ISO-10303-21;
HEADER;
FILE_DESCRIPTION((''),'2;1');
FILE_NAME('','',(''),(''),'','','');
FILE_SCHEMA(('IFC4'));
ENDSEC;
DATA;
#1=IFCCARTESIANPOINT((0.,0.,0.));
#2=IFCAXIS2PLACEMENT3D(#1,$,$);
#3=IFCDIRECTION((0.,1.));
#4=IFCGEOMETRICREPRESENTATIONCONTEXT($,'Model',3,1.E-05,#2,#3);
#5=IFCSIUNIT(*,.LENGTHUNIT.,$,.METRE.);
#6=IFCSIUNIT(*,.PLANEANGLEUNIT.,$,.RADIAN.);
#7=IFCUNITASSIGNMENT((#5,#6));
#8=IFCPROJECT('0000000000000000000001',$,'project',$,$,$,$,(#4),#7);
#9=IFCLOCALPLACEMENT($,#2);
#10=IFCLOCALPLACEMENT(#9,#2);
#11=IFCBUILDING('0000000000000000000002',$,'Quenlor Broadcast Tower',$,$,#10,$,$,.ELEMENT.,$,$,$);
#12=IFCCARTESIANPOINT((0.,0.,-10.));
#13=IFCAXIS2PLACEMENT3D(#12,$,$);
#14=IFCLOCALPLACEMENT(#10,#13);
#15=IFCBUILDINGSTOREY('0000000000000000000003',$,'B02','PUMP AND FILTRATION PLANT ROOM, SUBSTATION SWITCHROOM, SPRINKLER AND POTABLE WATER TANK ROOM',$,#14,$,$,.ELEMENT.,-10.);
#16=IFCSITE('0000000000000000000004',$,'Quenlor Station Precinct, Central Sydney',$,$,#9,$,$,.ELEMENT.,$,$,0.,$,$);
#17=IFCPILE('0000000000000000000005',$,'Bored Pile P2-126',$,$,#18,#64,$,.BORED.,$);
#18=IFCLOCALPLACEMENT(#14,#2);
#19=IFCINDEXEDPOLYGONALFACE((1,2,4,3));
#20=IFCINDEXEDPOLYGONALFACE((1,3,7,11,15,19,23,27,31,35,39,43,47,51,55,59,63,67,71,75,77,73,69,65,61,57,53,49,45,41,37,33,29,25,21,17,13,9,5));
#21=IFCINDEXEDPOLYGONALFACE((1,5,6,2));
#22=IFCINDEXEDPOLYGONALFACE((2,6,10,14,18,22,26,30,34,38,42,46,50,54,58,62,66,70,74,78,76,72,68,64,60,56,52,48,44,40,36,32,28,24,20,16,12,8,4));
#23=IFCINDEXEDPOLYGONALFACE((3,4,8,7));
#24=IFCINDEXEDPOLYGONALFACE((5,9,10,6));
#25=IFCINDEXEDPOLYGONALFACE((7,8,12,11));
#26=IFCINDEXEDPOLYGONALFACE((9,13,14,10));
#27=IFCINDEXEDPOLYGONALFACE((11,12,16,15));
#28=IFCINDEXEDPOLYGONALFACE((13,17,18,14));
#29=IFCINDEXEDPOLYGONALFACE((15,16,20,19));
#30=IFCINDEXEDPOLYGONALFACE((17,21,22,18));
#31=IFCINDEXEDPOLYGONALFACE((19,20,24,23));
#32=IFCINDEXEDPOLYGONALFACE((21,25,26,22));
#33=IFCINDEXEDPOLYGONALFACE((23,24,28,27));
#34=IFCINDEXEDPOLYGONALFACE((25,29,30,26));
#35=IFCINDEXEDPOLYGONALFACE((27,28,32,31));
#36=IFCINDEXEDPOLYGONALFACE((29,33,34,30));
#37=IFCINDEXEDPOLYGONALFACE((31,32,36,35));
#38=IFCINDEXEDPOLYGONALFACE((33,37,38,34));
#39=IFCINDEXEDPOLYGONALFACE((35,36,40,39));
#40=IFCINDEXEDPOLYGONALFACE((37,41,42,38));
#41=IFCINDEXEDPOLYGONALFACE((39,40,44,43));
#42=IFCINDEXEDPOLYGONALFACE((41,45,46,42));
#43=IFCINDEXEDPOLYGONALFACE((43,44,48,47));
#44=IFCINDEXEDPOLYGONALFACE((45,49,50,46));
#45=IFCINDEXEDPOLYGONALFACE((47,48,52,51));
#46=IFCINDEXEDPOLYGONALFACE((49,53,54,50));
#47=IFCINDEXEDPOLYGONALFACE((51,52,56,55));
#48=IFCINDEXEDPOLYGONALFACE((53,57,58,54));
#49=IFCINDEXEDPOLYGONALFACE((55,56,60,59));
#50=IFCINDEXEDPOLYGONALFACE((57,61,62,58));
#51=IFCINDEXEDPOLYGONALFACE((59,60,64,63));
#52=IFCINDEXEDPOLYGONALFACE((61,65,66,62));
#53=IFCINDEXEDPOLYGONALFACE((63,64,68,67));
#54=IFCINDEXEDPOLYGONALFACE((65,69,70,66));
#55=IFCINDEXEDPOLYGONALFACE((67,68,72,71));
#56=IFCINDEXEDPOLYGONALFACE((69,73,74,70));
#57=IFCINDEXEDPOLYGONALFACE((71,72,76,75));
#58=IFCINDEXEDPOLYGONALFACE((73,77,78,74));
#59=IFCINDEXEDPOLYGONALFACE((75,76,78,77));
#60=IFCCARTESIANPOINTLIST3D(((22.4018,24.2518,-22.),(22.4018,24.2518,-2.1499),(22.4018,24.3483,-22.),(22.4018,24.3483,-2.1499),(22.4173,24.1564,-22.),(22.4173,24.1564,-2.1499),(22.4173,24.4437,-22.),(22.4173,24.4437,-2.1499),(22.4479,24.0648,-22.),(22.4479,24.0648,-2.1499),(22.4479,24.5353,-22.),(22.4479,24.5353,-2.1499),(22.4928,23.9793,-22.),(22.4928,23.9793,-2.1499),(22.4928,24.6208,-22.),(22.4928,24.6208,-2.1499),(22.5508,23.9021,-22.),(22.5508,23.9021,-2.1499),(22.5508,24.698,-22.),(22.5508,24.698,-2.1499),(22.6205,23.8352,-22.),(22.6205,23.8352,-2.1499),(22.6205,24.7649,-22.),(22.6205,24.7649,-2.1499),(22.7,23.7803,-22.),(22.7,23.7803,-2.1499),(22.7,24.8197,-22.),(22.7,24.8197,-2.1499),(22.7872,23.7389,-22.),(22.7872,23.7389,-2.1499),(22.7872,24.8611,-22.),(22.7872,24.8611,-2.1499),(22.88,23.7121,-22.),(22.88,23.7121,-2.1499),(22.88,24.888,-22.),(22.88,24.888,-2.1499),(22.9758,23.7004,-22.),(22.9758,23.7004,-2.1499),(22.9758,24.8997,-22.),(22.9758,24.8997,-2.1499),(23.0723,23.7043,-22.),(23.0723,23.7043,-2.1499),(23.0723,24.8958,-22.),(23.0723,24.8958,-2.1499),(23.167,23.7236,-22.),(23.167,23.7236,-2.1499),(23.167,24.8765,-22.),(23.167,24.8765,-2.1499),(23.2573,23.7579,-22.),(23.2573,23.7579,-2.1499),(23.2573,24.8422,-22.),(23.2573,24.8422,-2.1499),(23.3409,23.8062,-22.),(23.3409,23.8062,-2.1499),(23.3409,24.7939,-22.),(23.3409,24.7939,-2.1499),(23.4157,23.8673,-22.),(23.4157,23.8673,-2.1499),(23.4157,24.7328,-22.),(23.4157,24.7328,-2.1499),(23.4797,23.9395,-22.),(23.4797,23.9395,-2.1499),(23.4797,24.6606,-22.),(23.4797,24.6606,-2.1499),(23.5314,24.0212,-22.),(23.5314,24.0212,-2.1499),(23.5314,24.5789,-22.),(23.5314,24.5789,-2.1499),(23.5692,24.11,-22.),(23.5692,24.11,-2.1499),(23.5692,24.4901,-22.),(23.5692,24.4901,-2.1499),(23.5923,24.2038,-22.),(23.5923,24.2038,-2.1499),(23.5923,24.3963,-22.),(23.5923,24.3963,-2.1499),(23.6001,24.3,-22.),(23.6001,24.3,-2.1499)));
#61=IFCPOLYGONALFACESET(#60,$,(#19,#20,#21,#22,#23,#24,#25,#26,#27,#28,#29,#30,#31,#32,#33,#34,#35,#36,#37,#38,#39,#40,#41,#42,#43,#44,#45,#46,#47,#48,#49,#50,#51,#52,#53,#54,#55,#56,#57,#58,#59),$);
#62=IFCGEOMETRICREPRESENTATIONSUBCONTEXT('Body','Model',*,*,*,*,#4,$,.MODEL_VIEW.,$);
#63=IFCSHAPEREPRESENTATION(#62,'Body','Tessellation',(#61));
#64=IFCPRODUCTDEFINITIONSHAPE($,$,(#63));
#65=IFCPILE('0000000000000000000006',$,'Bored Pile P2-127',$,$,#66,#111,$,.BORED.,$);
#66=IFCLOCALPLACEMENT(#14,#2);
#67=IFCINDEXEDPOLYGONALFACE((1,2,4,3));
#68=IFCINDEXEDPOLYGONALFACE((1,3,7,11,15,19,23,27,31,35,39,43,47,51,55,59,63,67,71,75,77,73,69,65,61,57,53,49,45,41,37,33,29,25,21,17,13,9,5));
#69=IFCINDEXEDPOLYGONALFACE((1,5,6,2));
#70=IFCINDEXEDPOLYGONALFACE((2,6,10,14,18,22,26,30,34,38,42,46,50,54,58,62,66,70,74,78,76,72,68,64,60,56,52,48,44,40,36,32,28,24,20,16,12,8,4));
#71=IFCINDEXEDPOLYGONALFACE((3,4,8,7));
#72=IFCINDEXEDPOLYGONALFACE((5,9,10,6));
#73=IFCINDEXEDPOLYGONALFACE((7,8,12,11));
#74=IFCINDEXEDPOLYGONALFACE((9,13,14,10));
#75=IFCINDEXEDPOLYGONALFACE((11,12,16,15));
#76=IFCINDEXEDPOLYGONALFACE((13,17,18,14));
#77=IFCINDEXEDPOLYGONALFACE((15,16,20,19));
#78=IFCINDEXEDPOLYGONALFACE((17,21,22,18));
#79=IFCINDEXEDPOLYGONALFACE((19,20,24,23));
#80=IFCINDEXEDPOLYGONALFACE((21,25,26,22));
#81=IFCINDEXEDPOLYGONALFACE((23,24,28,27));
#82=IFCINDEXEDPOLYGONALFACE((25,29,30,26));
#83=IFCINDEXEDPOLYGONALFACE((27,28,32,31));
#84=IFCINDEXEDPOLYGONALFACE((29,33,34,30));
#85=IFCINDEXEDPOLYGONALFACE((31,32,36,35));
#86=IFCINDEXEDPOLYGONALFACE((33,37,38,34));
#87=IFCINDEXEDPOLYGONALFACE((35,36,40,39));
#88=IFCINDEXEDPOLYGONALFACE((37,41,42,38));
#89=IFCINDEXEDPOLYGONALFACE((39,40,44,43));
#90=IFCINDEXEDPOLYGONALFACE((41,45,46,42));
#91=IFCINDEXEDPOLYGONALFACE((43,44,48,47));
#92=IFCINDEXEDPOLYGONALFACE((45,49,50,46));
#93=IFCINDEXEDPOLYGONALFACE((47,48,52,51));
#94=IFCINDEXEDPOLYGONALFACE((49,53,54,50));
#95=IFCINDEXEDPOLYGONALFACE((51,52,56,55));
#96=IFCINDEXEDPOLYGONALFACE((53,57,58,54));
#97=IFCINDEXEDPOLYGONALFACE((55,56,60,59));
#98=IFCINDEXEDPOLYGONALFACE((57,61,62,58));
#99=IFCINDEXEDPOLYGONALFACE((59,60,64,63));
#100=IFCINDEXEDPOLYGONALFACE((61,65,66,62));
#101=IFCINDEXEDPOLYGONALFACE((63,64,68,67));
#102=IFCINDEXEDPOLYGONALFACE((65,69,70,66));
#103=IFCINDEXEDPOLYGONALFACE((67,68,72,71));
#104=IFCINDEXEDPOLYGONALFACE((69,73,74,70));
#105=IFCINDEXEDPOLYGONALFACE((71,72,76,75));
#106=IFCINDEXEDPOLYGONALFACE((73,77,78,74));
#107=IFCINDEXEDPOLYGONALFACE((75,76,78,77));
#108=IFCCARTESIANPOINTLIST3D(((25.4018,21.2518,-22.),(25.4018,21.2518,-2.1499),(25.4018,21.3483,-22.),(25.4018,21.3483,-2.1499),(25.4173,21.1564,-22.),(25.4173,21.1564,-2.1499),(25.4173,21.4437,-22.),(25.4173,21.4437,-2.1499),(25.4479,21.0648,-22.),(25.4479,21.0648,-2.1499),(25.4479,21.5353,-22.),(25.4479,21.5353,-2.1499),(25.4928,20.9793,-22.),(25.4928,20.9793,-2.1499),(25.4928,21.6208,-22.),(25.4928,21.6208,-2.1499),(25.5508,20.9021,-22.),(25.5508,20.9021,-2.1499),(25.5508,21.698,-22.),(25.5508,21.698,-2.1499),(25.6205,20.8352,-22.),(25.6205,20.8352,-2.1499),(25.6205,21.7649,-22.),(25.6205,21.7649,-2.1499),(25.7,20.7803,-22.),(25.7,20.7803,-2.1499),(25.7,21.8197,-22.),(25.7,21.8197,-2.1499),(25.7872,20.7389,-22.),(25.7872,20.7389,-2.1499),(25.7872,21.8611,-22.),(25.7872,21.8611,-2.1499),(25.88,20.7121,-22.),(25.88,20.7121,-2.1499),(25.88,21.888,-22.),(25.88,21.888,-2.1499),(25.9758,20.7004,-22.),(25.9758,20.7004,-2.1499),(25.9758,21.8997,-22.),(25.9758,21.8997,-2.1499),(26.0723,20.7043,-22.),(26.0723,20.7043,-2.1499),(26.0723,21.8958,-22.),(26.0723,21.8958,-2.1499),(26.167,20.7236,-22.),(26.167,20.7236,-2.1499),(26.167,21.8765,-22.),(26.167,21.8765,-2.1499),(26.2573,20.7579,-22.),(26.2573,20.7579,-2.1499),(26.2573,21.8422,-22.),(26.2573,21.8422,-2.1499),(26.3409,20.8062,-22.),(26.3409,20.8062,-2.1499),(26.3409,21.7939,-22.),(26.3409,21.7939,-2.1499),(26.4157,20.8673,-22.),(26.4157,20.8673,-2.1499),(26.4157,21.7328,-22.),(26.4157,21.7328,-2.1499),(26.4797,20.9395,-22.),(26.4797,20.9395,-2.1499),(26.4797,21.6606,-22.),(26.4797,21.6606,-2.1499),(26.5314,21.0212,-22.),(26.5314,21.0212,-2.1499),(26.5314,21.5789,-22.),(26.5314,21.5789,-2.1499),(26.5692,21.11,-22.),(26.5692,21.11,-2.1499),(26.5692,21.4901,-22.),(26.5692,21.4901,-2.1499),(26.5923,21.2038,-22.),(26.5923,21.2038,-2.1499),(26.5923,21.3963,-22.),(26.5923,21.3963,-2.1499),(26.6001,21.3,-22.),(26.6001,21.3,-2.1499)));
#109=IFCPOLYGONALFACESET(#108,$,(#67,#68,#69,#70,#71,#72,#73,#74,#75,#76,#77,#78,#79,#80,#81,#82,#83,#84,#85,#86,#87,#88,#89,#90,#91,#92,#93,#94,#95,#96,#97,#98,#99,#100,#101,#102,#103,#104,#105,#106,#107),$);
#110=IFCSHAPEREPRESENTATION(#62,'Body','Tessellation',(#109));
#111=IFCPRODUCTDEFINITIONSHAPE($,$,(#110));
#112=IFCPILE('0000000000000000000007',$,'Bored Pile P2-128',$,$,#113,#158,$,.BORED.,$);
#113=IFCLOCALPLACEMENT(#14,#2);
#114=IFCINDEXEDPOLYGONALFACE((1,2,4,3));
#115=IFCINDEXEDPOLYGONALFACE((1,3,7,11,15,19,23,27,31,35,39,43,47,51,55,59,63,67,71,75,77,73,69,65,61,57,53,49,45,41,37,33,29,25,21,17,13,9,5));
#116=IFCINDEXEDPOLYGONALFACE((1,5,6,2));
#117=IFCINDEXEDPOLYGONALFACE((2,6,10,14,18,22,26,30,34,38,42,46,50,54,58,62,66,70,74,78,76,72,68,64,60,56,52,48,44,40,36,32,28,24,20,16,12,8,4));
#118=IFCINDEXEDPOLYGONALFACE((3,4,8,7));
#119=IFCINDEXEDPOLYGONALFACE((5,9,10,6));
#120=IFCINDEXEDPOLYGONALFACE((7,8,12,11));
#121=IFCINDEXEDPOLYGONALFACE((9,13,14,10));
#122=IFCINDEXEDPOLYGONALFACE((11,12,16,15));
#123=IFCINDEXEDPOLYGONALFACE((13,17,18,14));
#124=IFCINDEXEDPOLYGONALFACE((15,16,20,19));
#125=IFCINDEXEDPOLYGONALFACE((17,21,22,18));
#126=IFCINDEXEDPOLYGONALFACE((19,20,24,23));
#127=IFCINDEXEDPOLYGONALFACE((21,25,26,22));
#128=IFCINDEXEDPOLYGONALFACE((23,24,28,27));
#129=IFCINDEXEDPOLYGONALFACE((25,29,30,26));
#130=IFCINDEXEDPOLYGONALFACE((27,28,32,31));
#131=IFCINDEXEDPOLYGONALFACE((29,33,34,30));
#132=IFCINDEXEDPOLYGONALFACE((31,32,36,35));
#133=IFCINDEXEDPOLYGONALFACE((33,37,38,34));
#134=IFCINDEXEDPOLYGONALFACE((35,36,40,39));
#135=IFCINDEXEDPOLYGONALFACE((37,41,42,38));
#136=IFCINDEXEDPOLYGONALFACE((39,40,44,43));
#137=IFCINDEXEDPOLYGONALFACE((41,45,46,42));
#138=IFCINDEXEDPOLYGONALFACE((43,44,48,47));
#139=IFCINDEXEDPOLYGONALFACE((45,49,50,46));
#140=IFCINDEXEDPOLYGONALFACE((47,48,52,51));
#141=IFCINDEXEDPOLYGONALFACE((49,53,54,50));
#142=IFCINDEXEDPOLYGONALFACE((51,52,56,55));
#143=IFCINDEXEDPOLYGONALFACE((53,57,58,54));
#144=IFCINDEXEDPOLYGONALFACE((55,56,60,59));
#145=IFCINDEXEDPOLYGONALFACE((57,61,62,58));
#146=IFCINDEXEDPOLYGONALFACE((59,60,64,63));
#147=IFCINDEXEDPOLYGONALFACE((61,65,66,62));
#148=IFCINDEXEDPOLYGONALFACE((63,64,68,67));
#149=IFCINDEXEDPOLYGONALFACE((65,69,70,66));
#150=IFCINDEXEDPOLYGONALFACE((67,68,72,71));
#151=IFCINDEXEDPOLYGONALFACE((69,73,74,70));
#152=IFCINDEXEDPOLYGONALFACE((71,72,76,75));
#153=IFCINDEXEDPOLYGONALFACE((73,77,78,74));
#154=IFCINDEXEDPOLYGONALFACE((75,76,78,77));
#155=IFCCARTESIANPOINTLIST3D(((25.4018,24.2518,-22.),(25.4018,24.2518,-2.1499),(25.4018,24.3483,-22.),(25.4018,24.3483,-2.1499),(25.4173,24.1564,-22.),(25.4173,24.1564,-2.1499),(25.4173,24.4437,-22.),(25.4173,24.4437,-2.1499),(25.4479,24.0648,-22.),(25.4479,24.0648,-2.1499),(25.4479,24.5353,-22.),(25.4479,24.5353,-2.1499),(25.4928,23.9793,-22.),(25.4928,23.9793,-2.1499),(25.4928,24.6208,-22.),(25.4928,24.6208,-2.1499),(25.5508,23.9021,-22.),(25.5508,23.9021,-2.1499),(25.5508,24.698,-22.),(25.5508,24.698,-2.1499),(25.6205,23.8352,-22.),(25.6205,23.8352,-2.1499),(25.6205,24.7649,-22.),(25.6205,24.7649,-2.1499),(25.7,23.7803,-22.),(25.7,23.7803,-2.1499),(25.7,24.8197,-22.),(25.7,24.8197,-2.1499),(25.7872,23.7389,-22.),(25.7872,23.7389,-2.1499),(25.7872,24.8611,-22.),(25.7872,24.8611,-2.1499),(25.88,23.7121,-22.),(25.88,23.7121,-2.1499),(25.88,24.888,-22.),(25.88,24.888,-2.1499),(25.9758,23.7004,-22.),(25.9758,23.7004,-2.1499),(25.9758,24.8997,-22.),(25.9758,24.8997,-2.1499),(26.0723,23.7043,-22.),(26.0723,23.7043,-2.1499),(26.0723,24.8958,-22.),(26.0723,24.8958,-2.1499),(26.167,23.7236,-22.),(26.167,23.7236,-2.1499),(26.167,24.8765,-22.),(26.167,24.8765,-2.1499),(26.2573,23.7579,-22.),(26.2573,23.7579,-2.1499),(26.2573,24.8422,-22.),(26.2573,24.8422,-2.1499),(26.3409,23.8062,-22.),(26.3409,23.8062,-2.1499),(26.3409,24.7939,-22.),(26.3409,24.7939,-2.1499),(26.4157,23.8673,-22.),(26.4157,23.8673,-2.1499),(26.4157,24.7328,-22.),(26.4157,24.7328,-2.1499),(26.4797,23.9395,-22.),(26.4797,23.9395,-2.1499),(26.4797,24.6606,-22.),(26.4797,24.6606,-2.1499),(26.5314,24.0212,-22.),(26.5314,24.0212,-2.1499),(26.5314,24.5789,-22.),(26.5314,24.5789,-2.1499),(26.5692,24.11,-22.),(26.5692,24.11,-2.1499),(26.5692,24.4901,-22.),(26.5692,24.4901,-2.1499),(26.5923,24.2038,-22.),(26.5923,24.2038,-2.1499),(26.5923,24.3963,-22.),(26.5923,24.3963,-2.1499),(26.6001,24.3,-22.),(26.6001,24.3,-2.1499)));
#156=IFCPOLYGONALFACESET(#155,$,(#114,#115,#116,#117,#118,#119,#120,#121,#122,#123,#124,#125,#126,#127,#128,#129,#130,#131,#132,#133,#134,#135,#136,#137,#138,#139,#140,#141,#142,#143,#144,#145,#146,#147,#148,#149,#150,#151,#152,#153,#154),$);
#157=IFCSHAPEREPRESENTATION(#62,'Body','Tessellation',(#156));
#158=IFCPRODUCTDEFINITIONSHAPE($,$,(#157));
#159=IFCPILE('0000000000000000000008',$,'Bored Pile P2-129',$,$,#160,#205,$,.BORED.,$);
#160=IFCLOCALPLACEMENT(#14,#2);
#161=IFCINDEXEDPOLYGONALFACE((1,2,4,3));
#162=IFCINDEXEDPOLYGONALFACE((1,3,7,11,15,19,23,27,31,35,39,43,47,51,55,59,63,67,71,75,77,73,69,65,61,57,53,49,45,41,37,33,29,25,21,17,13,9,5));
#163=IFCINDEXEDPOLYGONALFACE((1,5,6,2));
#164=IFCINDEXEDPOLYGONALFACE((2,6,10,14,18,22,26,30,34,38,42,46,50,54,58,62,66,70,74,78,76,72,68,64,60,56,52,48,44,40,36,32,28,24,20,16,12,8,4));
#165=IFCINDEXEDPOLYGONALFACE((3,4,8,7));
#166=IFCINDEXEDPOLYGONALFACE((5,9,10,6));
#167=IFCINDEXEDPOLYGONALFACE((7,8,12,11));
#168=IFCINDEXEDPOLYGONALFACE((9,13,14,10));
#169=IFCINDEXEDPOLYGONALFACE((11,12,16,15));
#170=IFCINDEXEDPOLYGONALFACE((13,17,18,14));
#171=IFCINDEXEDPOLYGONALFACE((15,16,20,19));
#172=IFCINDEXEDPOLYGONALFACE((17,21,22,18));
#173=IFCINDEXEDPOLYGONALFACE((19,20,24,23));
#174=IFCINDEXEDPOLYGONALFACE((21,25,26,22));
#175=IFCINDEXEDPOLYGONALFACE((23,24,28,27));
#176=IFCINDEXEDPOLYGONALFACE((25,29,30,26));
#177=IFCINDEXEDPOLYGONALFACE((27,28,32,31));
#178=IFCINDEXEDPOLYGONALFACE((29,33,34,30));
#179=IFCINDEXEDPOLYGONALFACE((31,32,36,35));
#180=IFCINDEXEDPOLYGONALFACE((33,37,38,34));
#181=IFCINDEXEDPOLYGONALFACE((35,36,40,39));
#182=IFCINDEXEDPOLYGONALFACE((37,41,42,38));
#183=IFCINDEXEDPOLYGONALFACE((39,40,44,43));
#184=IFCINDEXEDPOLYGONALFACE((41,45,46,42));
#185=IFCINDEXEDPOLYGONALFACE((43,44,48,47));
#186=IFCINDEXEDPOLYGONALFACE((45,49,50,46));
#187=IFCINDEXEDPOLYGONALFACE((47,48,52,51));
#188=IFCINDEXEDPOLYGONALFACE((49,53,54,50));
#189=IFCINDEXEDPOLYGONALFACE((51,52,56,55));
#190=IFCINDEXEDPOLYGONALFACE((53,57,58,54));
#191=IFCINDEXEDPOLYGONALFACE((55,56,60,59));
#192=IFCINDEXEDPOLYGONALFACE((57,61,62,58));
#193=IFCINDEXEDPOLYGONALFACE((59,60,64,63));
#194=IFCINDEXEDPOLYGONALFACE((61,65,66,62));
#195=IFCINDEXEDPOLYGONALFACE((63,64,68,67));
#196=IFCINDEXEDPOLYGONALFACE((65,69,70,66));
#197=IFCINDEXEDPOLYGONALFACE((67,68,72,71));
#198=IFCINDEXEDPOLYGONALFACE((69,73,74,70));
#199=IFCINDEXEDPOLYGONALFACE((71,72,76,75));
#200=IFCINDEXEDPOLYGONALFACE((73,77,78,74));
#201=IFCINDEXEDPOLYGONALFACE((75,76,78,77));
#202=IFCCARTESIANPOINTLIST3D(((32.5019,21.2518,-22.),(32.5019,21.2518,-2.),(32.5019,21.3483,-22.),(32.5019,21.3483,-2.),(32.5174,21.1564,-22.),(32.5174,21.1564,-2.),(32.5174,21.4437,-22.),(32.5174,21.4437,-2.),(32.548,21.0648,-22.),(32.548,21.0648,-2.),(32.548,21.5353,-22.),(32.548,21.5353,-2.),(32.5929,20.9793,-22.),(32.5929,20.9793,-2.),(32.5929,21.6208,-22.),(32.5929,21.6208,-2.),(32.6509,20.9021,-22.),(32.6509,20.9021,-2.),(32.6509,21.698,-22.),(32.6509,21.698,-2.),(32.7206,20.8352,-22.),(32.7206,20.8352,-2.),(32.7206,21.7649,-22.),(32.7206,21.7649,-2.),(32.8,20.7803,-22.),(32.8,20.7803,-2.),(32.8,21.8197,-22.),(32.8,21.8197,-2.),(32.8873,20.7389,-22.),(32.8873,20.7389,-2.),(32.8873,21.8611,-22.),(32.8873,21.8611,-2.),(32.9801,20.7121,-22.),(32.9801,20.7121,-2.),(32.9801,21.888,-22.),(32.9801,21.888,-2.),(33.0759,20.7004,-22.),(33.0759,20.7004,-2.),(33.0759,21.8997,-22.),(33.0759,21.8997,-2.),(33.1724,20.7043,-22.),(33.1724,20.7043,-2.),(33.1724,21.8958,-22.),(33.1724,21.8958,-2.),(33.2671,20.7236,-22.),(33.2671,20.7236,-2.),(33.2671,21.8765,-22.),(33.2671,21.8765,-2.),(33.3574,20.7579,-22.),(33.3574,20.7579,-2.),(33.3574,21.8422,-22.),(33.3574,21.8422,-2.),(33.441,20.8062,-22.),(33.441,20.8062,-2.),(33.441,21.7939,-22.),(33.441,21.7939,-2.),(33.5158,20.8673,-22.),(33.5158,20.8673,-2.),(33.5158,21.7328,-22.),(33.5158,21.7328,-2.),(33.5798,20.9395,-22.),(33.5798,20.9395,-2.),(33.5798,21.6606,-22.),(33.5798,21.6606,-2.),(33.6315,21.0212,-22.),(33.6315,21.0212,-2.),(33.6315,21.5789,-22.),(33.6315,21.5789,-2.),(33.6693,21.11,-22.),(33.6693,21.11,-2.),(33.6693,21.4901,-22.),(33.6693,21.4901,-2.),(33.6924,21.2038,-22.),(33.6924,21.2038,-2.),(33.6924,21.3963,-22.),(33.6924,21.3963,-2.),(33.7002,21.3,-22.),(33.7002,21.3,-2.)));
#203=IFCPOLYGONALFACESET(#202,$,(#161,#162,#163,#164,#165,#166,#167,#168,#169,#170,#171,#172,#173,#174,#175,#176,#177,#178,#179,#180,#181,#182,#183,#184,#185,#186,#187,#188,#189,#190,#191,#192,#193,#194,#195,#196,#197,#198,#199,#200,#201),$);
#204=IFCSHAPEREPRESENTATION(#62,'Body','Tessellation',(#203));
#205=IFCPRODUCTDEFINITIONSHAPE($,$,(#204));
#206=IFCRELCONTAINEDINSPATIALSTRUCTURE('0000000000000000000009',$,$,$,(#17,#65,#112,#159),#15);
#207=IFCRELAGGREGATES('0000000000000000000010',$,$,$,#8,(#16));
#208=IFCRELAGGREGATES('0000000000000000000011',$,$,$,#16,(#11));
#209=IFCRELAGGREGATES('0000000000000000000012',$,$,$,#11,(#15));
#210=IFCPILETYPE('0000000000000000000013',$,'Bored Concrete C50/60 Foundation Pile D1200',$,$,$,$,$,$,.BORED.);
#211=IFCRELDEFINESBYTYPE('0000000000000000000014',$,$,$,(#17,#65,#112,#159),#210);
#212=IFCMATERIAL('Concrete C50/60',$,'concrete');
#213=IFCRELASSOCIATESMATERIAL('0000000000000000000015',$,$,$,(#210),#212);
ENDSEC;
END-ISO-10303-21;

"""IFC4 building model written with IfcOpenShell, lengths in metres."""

from ifc_helpers import new_model, si_unit, direction, frame, origin, origin_2d, place, context, subcontext, project, spatial, circle, extrude, material, material_profile, profile_set, type_object, element, save


model = new_model("IFC4")

# Units and contexts
model_context = context("Model", 3, precision=1e-05, world=origin(), true_north=direction((0.0, 1.0)))
body_context = subcontext(model_context, "Body", "Model", "MODEL_VIEW")
ifc_project = project(units=[si_unit("LENGTHUNIT", "METRE"), si_unit("PLANEANGLEUNIT", "RADIAN")], contexts=[model_context])

# Site, building, storey
site_placement = place(None, origin())
site = spatial("IfcSite", under=ifc_project, at=site_placement, Name="Quenlor Station Precinct, Central Sydney", CompositionType="ELEMENT", RefElevation=0.0)
building_placement = place(site_placement, origin())
building = spatial("IfcBuilding", under=site, at=building_placement, Name="Quenlor Broadcast Tower", CompositionType="ELEMENT")
storey_placement = place(building_placement, frame((0.0, 0.0, -10.0)))
storey = spatial("IfcBuildingStorey", under=building, at=storey_placement, Name="B02", Description="PUMP AND FILTRATION PLANT ROOM, SUBSTATION SWITCHROOM, SPRINKLER AND POTABLE WATER TANK ROOM", CompositionType="ELEMENT", Elevation=-10.0)

# Piles
ifc_material_1 = material(Name="Concrete C50/60", Category="concrete")
ifc_material_profile_1 = material_profile(ifc_material_1, circle(Radius=0.6001, at=origin_2d()))
ifc_profile_set_1 = profile_set([ifc_material_profile_1], Name="Concrete C50/60 PILE1200")
pile_type = type_object("IfcPileType", Name="Bored Concrete C50/60 Foundation Pile D1200", PredefinedType="BORED", material=ifc_profile_set_1)
for number, where, z_axis, x_axis, name in (
    (1, (23.0, 24.3, -2.1499), (0.0, 0.0, -1.0), (1.0, 0.0, 0.0), "Bored Pile P2-126"),
    (2, (26.0, 21.3, -2.1499), (0.0, 0.0, -1.0), (1.0, 0.0, 0.0), "Bored Pile P2-127"),
    (3, (26.0, 24.3, -2.1499), (0.0, 0.0, -1.0), (1.0, 0.0, 0.0), "Bored Pile P2-128"),
):
    element("IfcPile", number, at=place(storey_placement, frame(where, z_axis=z_axis, x_axis=x_axis)), inside=storey, type_object=pile_type, Name=name, PredefinedType="BORED", context=body_context, shape_type="SweptSolid", body=[
        extrude(circle(Radius=0.6001, at=origin_2d()), origin(), (0.0, 0.0, 1.0), 19.8501),
    ])
for number, where, z_axis, x_axis, name in (
    (4, (33.1001, 21.3, -2.0), (0.0, 0.0, -1.0), (1.0, 0.0, 0.0), "Bored Pile P2-129"),
):
    element("IfcPile", number, at=place(storey_placement, frame(where, z_axis=z_axis, x_axis=x_axis)), inside=storey, type_object=pile_type, Name=name, PredefinedType="BORED", context=body_context, shape_type="SweptSolid", body=[
        extrude(circle(Radius=0.6001, at=origin_2d()), origin(), (0.0, 0.0, 1.0), 20.0),
    ])

save(model, "model.ifc")
